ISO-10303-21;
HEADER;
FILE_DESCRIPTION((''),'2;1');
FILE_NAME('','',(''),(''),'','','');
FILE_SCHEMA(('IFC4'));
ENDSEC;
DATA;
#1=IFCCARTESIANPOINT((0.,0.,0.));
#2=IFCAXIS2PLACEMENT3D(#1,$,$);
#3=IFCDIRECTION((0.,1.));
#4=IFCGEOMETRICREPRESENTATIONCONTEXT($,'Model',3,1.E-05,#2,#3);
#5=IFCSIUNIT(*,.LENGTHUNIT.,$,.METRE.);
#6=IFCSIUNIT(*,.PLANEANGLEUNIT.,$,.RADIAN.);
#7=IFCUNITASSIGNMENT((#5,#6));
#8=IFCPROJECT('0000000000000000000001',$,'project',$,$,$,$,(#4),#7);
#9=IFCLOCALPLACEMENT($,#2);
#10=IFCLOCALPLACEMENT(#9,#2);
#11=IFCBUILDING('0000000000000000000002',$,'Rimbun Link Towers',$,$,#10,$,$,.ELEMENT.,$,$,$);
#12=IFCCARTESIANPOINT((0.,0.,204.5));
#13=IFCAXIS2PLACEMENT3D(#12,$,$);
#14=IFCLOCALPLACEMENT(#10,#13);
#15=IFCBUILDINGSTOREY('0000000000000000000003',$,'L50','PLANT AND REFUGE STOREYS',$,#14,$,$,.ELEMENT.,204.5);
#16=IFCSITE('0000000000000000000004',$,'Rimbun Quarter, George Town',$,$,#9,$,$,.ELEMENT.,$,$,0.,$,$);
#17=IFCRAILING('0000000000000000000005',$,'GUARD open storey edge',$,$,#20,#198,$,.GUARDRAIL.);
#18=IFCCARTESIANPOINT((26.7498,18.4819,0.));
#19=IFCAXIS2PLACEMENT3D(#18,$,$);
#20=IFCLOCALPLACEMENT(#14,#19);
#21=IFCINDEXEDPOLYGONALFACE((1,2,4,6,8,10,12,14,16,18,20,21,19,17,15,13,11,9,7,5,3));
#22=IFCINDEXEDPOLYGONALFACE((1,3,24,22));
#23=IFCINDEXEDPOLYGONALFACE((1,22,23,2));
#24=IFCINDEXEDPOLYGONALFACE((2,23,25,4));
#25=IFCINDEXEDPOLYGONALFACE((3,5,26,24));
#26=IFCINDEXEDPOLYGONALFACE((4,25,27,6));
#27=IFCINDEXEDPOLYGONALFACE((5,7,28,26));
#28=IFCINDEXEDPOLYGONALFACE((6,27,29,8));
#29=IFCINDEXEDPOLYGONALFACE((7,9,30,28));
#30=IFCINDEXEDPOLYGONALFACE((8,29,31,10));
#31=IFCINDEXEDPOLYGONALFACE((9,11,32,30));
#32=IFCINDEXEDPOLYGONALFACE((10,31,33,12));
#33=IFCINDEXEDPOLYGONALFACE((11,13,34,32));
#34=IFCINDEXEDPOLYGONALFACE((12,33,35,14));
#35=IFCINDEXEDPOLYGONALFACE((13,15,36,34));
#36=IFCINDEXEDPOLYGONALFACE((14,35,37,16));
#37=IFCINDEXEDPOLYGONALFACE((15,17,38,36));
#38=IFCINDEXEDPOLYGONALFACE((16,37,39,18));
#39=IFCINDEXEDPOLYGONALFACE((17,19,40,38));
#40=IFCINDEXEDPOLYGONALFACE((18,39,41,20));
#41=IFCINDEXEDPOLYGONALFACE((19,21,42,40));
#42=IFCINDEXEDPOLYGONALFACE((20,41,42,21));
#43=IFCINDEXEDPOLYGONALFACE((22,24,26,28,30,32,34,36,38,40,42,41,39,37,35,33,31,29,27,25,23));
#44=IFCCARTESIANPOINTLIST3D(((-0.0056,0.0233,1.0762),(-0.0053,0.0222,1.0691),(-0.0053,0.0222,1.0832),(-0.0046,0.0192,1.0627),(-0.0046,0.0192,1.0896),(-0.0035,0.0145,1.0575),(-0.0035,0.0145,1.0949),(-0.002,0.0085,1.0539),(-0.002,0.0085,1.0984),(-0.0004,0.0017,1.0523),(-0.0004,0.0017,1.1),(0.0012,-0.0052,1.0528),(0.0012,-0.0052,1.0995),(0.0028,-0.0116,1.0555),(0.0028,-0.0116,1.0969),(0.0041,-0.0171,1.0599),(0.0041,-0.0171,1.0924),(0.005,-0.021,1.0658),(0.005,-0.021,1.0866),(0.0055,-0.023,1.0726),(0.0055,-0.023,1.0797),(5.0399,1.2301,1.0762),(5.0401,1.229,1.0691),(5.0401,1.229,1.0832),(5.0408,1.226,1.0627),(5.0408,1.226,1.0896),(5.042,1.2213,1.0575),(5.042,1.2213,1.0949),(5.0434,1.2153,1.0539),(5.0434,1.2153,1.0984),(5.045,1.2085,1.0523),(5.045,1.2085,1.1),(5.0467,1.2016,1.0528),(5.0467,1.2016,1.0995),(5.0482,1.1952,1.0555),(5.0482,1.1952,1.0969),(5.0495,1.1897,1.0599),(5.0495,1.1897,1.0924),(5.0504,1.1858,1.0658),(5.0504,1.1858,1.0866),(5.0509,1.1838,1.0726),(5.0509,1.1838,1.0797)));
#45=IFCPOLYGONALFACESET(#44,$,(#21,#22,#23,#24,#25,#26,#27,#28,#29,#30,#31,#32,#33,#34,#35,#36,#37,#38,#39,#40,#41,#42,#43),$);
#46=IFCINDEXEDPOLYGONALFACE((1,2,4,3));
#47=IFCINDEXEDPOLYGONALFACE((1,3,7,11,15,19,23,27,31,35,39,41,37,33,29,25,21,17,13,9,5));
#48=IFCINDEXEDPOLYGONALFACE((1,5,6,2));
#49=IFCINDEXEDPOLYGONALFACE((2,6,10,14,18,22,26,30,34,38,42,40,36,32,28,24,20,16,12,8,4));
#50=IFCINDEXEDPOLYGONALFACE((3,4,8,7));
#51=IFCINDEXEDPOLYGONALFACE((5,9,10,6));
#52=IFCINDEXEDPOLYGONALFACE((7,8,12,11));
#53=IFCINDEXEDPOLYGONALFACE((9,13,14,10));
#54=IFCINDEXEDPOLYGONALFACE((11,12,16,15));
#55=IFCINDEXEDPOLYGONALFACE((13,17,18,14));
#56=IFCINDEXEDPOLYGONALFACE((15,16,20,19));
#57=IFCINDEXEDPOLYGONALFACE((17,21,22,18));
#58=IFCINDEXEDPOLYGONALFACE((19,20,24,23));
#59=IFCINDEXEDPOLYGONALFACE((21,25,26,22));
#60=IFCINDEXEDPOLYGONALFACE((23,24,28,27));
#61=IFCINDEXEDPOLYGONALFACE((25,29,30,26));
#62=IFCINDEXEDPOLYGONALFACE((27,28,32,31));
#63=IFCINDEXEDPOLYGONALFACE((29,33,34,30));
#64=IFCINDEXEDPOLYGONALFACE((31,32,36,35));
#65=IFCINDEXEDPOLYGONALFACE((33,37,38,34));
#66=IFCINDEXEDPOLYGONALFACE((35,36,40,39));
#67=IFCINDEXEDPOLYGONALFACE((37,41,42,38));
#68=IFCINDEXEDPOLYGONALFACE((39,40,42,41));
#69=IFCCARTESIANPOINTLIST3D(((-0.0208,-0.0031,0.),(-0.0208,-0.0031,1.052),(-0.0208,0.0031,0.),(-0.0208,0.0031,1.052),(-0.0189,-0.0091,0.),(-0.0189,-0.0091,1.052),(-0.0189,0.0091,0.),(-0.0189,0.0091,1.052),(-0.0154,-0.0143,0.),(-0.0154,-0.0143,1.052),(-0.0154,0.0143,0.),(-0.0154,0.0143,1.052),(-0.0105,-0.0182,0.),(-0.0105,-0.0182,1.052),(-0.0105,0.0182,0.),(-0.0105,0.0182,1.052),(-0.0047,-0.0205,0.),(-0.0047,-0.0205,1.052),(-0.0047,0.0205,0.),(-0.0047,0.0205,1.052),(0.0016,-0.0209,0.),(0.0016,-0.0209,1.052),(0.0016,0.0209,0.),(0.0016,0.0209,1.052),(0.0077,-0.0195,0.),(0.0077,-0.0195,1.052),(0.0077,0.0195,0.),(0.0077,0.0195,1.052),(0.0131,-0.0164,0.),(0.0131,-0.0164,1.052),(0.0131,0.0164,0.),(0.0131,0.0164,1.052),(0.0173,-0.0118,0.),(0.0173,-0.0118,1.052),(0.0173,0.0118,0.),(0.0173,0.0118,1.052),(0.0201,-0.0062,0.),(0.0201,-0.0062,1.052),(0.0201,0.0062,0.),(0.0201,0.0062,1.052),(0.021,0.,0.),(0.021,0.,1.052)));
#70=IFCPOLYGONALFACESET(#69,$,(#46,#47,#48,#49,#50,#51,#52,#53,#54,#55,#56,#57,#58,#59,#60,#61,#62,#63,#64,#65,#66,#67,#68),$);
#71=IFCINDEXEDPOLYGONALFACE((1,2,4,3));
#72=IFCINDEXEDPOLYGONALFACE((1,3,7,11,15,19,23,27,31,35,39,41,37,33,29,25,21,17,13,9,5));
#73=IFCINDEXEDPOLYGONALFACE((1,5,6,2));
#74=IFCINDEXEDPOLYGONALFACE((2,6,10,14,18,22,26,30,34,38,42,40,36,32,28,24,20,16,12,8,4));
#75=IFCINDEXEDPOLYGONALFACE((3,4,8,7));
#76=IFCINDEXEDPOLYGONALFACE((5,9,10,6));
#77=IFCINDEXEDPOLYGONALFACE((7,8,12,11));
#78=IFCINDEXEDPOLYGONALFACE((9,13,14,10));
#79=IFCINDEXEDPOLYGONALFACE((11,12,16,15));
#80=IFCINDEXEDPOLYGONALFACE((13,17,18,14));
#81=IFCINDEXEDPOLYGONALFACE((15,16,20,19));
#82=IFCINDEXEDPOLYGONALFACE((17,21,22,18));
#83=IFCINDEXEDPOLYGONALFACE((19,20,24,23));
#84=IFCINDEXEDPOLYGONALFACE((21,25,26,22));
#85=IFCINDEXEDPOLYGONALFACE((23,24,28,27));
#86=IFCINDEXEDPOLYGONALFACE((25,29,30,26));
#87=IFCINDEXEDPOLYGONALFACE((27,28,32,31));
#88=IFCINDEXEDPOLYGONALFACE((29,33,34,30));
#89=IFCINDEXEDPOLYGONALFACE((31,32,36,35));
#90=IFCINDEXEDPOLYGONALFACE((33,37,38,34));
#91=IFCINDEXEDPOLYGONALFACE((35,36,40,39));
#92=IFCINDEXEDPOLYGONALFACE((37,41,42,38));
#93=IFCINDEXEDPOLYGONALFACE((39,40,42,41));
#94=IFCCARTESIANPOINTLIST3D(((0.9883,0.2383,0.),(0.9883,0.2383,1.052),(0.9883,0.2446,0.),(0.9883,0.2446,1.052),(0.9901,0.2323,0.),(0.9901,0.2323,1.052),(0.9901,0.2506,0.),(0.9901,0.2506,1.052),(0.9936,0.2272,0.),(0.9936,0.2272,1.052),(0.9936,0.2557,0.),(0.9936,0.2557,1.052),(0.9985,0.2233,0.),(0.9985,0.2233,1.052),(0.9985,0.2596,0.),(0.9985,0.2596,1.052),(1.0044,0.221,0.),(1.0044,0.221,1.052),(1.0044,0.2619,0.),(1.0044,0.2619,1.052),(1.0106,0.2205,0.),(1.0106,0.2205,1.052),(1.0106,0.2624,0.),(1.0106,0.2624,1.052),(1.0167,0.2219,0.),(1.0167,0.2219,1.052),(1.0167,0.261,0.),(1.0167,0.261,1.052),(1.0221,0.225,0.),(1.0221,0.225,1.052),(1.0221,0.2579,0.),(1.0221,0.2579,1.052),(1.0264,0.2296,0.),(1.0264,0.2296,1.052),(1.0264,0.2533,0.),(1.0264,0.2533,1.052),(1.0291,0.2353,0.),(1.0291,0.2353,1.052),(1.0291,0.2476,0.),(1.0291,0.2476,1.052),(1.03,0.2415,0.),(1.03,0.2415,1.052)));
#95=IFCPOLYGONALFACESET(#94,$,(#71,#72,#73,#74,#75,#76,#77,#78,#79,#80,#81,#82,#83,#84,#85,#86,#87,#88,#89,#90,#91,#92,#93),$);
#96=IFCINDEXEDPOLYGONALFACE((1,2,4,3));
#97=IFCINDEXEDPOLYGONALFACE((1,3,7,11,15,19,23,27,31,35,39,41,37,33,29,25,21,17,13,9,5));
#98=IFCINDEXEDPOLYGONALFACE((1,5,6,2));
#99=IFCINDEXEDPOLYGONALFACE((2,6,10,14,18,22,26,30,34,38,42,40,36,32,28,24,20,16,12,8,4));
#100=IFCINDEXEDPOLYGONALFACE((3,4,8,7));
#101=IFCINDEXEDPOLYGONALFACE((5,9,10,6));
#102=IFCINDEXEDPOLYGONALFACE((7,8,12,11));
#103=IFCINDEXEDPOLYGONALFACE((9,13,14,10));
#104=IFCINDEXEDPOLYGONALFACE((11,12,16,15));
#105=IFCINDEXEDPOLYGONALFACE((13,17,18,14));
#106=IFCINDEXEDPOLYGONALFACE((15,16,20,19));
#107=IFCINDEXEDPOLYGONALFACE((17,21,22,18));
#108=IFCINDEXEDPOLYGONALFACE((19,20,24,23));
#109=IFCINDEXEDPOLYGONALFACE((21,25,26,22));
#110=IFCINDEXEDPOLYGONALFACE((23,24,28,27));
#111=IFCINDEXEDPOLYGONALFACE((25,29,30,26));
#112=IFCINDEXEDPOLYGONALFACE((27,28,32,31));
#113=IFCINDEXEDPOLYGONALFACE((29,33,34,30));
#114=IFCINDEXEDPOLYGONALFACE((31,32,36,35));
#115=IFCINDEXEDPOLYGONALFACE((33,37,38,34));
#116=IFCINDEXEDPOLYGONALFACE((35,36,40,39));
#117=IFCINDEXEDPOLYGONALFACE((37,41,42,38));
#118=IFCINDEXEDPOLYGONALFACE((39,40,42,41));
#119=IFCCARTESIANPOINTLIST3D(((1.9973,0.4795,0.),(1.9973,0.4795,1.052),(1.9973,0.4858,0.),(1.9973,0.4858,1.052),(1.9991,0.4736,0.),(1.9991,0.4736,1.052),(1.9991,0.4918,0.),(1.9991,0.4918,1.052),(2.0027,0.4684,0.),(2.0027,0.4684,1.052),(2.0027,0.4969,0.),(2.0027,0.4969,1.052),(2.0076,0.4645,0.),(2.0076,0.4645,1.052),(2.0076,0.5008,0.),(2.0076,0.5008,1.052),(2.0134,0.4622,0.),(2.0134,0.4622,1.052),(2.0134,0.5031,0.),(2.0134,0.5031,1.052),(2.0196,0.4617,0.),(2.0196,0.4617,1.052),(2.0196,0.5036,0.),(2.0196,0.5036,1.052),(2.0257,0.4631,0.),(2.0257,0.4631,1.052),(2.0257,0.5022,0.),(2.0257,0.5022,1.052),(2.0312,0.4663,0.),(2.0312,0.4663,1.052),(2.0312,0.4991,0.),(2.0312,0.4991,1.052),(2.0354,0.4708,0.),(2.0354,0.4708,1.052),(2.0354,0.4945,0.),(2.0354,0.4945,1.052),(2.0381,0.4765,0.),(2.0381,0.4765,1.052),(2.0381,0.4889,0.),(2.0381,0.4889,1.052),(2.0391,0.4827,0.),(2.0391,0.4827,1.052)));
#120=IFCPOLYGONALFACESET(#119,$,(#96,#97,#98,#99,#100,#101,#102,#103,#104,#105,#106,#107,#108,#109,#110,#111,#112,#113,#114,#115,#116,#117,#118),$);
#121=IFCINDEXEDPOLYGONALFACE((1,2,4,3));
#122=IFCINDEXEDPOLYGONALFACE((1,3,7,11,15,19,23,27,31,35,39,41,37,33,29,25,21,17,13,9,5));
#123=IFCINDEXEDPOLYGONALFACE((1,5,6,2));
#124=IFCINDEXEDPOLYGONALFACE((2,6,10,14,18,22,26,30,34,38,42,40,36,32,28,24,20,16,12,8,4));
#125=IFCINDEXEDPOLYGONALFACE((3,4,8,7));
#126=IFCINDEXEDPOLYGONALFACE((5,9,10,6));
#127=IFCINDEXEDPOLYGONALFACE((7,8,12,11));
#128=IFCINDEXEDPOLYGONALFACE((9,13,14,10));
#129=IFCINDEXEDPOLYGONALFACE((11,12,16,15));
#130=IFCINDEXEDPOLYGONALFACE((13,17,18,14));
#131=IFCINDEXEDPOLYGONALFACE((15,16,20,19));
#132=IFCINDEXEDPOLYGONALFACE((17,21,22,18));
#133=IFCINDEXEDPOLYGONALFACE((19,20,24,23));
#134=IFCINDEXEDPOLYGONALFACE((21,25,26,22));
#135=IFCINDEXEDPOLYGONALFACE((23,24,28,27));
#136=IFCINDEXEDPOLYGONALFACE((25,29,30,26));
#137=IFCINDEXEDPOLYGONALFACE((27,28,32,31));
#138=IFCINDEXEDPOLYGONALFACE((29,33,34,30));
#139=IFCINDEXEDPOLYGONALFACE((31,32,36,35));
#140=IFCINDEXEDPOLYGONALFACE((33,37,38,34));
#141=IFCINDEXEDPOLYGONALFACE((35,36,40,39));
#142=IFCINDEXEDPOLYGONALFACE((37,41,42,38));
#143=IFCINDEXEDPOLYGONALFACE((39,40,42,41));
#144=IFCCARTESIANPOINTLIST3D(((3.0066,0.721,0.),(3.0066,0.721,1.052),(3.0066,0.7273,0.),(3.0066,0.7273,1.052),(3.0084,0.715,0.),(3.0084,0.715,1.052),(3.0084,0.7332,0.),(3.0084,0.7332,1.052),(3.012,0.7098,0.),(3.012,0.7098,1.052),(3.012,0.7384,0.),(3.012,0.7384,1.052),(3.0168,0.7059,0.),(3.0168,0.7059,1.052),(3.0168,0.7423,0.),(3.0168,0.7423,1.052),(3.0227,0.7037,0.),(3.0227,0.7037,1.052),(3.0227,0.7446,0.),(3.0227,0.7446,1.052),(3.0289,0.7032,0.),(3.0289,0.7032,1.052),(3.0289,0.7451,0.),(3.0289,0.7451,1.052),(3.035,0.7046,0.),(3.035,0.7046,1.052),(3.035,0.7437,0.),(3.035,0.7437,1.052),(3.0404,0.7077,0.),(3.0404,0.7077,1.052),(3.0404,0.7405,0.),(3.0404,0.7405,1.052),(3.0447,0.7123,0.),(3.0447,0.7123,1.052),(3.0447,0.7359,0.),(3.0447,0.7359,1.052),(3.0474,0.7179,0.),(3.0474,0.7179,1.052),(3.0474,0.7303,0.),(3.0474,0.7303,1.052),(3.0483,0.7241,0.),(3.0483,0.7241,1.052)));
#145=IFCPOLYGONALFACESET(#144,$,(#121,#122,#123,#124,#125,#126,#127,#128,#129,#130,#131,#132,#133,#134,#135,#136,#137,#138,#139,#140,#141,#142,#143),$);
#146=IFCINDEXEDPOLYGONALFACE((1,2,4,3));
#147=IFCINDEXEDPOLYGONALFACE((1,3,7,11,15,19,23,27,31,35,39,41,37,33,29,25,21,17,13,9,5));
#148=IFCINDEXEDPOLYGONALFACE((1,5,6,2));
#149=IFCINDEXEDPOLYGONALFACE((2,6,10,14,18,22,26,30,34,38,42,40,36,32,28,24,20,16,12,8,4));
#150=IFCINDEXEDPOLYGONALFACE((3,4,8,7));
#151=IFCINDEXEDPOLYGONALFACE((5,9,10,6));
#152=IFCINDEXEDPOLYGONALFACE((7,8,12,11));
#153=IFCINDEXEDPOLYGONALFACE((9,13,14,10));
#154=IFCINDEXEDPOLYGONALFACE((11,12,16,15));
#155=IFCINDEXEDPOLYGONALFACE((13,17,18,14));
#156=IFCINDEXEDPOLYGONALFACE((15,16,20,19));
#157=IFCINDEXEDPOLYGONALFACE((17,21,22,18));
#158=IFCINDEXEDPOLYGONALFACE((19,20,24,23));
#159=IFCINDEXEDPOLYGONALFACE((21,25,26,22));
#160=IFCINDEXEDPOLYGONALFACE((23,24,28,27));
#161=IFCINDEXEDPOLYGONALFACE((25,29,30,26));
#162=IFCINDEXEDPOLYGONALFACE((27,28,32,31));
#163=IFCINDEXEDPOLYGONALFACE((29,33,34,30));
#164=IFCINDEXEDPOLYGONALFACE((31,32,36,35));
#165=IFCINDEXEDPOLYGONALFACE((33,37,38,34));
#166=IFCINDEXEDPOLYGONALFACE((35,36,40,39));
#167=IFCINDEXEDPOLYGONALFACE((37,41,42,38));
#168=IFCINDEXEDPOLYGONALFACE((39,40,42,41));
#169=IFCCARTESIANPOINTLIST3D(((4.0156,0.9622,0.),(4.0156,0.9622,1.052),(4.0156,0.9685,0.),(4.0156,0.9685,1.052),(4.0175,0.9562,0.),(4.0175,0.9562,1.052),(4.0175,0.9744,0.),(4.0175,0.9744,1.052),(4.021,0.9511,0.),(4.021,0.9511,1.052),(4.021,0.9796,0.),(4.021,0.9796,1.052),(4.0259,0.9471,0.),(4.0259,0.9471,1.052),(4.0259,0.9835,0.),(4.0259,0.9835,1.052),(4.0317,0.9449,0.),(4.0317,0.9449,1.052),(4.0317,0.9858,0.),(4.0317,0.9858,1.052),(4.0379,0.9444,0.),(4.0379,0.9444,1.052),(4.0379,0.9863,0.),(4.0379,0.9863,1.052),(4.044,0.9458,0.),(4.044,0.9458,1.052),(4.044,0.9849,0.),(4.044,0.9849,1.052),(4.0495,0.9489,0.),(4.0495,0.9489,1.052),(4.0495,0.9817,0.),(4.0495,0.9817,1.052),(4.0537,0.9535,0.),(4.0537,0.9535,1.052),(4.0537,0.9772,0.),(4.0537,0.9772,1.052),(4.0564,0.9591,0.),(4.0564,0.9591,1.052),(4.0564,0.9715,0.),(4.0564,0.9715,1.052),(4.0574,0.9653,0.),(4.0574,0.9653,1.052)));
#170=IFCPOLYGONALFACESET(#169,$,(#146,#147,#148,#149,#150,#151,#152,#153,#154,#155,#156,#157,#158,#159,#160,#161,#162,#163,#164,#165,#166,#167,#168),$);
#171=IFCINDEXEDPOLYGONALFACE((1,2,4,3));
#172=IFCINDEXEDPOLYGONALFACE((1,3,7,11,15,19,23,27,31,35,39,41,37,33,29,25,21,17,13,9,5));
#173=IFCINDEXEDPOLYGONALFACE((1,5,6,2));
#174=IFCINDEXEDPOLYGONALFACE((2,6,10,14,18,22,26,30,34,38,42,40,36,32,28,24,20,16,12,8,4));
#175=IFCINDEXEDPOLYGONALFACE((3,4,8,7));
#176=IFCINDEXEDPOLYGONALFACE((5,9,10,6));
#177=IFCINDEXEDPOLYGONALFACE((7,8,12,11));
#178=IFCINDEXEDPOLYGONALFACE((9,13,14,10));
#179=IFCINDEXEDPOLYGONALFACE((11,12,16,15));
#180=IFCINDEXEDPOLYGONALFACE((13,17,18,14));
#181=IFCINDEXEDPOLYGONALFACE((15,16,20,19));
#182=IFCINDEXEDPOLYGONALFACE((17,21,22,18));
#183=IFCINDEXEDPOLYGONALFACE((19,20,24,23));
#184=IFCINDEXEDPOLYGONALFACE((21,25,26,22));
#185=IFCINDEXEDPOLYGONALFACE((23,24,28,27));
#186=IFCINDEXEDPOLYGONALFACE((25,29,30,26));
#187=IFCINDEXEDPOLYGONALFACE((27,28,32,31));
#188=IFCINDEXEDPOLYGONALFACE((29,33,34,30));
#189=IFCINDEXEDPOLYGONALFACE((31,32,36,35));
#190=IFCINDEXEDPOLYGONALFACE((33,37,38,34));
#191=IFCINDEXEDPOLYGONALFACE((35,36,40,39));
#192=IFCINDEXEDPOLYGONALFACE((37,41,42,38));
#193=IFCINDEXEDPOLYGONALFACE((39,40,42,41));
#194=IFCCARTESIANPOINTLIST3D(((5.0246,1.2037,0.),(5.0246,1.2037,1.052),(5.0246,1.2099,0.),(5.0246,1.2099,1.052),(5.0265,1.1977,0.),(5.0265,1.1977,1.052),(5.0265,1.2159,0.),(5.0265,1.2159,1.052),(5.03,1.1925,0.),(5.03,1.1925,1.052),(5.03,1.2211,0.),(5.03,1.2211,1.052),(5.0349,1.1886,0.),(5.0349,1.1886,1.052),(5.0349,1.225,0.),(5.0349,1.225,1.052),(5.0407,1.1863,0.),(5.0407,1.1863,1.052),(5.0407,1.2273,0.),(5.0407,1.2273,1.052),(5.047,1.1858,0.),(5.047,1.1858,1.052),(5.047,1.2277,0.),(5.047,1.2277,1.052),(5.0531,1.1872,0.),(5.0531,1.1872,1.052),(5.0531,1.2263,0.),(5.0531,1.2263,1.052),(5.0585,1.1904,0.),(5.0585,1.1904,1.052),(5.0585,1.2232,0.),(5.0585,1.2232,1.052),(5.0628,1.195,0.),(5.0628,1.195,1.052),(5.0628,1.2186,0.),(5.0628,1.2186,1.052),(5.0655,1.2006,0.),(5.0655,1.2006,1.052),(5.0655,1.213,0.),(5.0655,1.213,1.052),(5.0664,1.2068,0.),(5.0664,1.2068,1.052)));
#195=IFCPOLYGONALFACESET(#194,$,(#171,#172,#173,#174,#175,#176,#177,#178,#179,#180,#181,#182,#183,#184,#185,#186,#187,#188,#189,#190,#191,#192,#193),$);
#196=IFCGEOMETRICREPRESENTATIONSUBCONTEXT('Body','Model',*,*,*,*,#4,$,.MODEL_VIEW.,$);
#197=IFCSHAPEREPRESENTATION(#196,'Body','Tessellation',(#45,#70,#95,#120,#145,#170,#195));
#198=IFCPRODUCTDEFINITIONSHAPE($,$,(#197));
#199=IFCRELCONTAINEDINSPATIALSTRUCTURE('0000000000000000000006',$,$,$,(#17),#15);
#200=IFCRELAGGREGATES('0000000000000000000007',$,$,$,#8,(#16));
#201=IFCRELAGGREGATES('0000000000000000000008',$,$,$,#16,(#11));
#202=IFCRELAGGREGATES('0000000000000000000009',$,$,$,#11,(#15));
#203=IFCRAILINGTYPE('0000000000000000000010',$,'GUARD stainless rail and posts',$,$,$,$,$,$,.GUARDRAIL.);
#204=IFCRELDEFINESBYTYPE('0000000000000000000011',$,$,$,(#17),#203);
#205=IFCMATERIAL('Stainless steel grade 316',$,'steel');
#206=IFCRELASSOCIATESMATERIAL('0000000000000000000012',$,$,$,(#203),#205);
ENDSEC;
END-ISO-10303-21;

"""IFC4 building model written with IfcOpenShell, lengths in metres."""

from ifc_helpers import new_model, si_unit, direction, frame, origin, origin_2d, place, context, subcontext, project, spatial, circle, extrude, material, type_object, element, save


model = new_model("IFC4")

# Units and contexts
model_context = context("Model", 3, precision=1e-05, world=origin(), true_north=direction((0.0, 1.0)))
body_context = subcontext(model_context, "Body", "Model", "MODEL_VIEW")
ifc_project = project(units=[si_unit("LENGTHUNIT", "METRE"), si_unit("PLANEANGLEUNIT", "RADIAN")], contexts=[model_context])

# Site, building, storey
site_placement = place(None, origin())
site = spatial("IfcSite", under=ifc_project, at=site_placement, Name="Rimbun Quarter, George Town", CompositionType="ELEMENT", RefElevation=0.0)
building_placement = place(site_placement, origin())
building = spatial("IfcBuilding", under=site, at=building_placement, Name="Rimbun Link Towers", CompositionType="ELEMENT")
storey_placement = place(building_placement, frame((0.0, 0.0, 204.5)))
storey = spatial("IfcBuildingStorey", under=building, at=storey_placement, Name="L50", Description="PLANT AND REFUGE STOREYS", CompositionType="ELEMENT", Elevation=204.5)

# Railing
ifc_material_1 = material(Name="Stainless steel grade 316", Category="steel")
railing_type = type_object("IfcRailingType", Name="GUARD stainless rail and posts", PredefinedType="GUARDRAIL", material=ifc_material_1)
railing_1_placement = place(storey_placement, frame((26.7498, 18.4819, 0.0)))
element("IfcRailing", 1, at=railing_1_placement, inside=storey, type_object=railing_type, Name="GUARD open storey edge", PredefinedType="GUARDRAIL", context=body_context, shape_type="SweptSolid", body=[
    extrude(circle(Radius=0.0239, at=origin_2d()), frame((0.0, 0.0, 1.0762), z_axis=(0.972567, 0.232624, 0.0), x_axis=(-0.232624, 0.972567, 0.0)), (0.0, 0.0, 1.0), 5.1877),
    extrude(circle(Radius=0.021, at=origin_2d()), origin(), (0.0, 0.0, 1.0), 1.052),
    extrude(circle(Radius=0.021, at=origin_2d()), frame((1.009, 0.2415, 0.0)), (0.0, 0.0, 1.0), 1.052),
    extrude(circle(Radius=0.021, at=origin_2d()), frame((2.0181, 0.4827, 0.0)), (0.0, 0.0, 1.0), 1.052),
    extrude(circle(Radius=0.021, at=origin_2d()), frame((3.0273, 0.7241, 0.0)), (0.0, 0.0, 1.0), 1.052),
    extrude(circle(Radius=0.021, at=origin_2d()), frame((4.0364, 0.9653, 0.0)), (0.0, 0.0, 1.0), 1.052),
    extrude(circle(Radius=0.021, at=origin_2d()), frame((5.0454, 1.2068, 0.0)), (0.0, 0.0, 1.0), 1.052),
])

save(model, "model.ifc")
